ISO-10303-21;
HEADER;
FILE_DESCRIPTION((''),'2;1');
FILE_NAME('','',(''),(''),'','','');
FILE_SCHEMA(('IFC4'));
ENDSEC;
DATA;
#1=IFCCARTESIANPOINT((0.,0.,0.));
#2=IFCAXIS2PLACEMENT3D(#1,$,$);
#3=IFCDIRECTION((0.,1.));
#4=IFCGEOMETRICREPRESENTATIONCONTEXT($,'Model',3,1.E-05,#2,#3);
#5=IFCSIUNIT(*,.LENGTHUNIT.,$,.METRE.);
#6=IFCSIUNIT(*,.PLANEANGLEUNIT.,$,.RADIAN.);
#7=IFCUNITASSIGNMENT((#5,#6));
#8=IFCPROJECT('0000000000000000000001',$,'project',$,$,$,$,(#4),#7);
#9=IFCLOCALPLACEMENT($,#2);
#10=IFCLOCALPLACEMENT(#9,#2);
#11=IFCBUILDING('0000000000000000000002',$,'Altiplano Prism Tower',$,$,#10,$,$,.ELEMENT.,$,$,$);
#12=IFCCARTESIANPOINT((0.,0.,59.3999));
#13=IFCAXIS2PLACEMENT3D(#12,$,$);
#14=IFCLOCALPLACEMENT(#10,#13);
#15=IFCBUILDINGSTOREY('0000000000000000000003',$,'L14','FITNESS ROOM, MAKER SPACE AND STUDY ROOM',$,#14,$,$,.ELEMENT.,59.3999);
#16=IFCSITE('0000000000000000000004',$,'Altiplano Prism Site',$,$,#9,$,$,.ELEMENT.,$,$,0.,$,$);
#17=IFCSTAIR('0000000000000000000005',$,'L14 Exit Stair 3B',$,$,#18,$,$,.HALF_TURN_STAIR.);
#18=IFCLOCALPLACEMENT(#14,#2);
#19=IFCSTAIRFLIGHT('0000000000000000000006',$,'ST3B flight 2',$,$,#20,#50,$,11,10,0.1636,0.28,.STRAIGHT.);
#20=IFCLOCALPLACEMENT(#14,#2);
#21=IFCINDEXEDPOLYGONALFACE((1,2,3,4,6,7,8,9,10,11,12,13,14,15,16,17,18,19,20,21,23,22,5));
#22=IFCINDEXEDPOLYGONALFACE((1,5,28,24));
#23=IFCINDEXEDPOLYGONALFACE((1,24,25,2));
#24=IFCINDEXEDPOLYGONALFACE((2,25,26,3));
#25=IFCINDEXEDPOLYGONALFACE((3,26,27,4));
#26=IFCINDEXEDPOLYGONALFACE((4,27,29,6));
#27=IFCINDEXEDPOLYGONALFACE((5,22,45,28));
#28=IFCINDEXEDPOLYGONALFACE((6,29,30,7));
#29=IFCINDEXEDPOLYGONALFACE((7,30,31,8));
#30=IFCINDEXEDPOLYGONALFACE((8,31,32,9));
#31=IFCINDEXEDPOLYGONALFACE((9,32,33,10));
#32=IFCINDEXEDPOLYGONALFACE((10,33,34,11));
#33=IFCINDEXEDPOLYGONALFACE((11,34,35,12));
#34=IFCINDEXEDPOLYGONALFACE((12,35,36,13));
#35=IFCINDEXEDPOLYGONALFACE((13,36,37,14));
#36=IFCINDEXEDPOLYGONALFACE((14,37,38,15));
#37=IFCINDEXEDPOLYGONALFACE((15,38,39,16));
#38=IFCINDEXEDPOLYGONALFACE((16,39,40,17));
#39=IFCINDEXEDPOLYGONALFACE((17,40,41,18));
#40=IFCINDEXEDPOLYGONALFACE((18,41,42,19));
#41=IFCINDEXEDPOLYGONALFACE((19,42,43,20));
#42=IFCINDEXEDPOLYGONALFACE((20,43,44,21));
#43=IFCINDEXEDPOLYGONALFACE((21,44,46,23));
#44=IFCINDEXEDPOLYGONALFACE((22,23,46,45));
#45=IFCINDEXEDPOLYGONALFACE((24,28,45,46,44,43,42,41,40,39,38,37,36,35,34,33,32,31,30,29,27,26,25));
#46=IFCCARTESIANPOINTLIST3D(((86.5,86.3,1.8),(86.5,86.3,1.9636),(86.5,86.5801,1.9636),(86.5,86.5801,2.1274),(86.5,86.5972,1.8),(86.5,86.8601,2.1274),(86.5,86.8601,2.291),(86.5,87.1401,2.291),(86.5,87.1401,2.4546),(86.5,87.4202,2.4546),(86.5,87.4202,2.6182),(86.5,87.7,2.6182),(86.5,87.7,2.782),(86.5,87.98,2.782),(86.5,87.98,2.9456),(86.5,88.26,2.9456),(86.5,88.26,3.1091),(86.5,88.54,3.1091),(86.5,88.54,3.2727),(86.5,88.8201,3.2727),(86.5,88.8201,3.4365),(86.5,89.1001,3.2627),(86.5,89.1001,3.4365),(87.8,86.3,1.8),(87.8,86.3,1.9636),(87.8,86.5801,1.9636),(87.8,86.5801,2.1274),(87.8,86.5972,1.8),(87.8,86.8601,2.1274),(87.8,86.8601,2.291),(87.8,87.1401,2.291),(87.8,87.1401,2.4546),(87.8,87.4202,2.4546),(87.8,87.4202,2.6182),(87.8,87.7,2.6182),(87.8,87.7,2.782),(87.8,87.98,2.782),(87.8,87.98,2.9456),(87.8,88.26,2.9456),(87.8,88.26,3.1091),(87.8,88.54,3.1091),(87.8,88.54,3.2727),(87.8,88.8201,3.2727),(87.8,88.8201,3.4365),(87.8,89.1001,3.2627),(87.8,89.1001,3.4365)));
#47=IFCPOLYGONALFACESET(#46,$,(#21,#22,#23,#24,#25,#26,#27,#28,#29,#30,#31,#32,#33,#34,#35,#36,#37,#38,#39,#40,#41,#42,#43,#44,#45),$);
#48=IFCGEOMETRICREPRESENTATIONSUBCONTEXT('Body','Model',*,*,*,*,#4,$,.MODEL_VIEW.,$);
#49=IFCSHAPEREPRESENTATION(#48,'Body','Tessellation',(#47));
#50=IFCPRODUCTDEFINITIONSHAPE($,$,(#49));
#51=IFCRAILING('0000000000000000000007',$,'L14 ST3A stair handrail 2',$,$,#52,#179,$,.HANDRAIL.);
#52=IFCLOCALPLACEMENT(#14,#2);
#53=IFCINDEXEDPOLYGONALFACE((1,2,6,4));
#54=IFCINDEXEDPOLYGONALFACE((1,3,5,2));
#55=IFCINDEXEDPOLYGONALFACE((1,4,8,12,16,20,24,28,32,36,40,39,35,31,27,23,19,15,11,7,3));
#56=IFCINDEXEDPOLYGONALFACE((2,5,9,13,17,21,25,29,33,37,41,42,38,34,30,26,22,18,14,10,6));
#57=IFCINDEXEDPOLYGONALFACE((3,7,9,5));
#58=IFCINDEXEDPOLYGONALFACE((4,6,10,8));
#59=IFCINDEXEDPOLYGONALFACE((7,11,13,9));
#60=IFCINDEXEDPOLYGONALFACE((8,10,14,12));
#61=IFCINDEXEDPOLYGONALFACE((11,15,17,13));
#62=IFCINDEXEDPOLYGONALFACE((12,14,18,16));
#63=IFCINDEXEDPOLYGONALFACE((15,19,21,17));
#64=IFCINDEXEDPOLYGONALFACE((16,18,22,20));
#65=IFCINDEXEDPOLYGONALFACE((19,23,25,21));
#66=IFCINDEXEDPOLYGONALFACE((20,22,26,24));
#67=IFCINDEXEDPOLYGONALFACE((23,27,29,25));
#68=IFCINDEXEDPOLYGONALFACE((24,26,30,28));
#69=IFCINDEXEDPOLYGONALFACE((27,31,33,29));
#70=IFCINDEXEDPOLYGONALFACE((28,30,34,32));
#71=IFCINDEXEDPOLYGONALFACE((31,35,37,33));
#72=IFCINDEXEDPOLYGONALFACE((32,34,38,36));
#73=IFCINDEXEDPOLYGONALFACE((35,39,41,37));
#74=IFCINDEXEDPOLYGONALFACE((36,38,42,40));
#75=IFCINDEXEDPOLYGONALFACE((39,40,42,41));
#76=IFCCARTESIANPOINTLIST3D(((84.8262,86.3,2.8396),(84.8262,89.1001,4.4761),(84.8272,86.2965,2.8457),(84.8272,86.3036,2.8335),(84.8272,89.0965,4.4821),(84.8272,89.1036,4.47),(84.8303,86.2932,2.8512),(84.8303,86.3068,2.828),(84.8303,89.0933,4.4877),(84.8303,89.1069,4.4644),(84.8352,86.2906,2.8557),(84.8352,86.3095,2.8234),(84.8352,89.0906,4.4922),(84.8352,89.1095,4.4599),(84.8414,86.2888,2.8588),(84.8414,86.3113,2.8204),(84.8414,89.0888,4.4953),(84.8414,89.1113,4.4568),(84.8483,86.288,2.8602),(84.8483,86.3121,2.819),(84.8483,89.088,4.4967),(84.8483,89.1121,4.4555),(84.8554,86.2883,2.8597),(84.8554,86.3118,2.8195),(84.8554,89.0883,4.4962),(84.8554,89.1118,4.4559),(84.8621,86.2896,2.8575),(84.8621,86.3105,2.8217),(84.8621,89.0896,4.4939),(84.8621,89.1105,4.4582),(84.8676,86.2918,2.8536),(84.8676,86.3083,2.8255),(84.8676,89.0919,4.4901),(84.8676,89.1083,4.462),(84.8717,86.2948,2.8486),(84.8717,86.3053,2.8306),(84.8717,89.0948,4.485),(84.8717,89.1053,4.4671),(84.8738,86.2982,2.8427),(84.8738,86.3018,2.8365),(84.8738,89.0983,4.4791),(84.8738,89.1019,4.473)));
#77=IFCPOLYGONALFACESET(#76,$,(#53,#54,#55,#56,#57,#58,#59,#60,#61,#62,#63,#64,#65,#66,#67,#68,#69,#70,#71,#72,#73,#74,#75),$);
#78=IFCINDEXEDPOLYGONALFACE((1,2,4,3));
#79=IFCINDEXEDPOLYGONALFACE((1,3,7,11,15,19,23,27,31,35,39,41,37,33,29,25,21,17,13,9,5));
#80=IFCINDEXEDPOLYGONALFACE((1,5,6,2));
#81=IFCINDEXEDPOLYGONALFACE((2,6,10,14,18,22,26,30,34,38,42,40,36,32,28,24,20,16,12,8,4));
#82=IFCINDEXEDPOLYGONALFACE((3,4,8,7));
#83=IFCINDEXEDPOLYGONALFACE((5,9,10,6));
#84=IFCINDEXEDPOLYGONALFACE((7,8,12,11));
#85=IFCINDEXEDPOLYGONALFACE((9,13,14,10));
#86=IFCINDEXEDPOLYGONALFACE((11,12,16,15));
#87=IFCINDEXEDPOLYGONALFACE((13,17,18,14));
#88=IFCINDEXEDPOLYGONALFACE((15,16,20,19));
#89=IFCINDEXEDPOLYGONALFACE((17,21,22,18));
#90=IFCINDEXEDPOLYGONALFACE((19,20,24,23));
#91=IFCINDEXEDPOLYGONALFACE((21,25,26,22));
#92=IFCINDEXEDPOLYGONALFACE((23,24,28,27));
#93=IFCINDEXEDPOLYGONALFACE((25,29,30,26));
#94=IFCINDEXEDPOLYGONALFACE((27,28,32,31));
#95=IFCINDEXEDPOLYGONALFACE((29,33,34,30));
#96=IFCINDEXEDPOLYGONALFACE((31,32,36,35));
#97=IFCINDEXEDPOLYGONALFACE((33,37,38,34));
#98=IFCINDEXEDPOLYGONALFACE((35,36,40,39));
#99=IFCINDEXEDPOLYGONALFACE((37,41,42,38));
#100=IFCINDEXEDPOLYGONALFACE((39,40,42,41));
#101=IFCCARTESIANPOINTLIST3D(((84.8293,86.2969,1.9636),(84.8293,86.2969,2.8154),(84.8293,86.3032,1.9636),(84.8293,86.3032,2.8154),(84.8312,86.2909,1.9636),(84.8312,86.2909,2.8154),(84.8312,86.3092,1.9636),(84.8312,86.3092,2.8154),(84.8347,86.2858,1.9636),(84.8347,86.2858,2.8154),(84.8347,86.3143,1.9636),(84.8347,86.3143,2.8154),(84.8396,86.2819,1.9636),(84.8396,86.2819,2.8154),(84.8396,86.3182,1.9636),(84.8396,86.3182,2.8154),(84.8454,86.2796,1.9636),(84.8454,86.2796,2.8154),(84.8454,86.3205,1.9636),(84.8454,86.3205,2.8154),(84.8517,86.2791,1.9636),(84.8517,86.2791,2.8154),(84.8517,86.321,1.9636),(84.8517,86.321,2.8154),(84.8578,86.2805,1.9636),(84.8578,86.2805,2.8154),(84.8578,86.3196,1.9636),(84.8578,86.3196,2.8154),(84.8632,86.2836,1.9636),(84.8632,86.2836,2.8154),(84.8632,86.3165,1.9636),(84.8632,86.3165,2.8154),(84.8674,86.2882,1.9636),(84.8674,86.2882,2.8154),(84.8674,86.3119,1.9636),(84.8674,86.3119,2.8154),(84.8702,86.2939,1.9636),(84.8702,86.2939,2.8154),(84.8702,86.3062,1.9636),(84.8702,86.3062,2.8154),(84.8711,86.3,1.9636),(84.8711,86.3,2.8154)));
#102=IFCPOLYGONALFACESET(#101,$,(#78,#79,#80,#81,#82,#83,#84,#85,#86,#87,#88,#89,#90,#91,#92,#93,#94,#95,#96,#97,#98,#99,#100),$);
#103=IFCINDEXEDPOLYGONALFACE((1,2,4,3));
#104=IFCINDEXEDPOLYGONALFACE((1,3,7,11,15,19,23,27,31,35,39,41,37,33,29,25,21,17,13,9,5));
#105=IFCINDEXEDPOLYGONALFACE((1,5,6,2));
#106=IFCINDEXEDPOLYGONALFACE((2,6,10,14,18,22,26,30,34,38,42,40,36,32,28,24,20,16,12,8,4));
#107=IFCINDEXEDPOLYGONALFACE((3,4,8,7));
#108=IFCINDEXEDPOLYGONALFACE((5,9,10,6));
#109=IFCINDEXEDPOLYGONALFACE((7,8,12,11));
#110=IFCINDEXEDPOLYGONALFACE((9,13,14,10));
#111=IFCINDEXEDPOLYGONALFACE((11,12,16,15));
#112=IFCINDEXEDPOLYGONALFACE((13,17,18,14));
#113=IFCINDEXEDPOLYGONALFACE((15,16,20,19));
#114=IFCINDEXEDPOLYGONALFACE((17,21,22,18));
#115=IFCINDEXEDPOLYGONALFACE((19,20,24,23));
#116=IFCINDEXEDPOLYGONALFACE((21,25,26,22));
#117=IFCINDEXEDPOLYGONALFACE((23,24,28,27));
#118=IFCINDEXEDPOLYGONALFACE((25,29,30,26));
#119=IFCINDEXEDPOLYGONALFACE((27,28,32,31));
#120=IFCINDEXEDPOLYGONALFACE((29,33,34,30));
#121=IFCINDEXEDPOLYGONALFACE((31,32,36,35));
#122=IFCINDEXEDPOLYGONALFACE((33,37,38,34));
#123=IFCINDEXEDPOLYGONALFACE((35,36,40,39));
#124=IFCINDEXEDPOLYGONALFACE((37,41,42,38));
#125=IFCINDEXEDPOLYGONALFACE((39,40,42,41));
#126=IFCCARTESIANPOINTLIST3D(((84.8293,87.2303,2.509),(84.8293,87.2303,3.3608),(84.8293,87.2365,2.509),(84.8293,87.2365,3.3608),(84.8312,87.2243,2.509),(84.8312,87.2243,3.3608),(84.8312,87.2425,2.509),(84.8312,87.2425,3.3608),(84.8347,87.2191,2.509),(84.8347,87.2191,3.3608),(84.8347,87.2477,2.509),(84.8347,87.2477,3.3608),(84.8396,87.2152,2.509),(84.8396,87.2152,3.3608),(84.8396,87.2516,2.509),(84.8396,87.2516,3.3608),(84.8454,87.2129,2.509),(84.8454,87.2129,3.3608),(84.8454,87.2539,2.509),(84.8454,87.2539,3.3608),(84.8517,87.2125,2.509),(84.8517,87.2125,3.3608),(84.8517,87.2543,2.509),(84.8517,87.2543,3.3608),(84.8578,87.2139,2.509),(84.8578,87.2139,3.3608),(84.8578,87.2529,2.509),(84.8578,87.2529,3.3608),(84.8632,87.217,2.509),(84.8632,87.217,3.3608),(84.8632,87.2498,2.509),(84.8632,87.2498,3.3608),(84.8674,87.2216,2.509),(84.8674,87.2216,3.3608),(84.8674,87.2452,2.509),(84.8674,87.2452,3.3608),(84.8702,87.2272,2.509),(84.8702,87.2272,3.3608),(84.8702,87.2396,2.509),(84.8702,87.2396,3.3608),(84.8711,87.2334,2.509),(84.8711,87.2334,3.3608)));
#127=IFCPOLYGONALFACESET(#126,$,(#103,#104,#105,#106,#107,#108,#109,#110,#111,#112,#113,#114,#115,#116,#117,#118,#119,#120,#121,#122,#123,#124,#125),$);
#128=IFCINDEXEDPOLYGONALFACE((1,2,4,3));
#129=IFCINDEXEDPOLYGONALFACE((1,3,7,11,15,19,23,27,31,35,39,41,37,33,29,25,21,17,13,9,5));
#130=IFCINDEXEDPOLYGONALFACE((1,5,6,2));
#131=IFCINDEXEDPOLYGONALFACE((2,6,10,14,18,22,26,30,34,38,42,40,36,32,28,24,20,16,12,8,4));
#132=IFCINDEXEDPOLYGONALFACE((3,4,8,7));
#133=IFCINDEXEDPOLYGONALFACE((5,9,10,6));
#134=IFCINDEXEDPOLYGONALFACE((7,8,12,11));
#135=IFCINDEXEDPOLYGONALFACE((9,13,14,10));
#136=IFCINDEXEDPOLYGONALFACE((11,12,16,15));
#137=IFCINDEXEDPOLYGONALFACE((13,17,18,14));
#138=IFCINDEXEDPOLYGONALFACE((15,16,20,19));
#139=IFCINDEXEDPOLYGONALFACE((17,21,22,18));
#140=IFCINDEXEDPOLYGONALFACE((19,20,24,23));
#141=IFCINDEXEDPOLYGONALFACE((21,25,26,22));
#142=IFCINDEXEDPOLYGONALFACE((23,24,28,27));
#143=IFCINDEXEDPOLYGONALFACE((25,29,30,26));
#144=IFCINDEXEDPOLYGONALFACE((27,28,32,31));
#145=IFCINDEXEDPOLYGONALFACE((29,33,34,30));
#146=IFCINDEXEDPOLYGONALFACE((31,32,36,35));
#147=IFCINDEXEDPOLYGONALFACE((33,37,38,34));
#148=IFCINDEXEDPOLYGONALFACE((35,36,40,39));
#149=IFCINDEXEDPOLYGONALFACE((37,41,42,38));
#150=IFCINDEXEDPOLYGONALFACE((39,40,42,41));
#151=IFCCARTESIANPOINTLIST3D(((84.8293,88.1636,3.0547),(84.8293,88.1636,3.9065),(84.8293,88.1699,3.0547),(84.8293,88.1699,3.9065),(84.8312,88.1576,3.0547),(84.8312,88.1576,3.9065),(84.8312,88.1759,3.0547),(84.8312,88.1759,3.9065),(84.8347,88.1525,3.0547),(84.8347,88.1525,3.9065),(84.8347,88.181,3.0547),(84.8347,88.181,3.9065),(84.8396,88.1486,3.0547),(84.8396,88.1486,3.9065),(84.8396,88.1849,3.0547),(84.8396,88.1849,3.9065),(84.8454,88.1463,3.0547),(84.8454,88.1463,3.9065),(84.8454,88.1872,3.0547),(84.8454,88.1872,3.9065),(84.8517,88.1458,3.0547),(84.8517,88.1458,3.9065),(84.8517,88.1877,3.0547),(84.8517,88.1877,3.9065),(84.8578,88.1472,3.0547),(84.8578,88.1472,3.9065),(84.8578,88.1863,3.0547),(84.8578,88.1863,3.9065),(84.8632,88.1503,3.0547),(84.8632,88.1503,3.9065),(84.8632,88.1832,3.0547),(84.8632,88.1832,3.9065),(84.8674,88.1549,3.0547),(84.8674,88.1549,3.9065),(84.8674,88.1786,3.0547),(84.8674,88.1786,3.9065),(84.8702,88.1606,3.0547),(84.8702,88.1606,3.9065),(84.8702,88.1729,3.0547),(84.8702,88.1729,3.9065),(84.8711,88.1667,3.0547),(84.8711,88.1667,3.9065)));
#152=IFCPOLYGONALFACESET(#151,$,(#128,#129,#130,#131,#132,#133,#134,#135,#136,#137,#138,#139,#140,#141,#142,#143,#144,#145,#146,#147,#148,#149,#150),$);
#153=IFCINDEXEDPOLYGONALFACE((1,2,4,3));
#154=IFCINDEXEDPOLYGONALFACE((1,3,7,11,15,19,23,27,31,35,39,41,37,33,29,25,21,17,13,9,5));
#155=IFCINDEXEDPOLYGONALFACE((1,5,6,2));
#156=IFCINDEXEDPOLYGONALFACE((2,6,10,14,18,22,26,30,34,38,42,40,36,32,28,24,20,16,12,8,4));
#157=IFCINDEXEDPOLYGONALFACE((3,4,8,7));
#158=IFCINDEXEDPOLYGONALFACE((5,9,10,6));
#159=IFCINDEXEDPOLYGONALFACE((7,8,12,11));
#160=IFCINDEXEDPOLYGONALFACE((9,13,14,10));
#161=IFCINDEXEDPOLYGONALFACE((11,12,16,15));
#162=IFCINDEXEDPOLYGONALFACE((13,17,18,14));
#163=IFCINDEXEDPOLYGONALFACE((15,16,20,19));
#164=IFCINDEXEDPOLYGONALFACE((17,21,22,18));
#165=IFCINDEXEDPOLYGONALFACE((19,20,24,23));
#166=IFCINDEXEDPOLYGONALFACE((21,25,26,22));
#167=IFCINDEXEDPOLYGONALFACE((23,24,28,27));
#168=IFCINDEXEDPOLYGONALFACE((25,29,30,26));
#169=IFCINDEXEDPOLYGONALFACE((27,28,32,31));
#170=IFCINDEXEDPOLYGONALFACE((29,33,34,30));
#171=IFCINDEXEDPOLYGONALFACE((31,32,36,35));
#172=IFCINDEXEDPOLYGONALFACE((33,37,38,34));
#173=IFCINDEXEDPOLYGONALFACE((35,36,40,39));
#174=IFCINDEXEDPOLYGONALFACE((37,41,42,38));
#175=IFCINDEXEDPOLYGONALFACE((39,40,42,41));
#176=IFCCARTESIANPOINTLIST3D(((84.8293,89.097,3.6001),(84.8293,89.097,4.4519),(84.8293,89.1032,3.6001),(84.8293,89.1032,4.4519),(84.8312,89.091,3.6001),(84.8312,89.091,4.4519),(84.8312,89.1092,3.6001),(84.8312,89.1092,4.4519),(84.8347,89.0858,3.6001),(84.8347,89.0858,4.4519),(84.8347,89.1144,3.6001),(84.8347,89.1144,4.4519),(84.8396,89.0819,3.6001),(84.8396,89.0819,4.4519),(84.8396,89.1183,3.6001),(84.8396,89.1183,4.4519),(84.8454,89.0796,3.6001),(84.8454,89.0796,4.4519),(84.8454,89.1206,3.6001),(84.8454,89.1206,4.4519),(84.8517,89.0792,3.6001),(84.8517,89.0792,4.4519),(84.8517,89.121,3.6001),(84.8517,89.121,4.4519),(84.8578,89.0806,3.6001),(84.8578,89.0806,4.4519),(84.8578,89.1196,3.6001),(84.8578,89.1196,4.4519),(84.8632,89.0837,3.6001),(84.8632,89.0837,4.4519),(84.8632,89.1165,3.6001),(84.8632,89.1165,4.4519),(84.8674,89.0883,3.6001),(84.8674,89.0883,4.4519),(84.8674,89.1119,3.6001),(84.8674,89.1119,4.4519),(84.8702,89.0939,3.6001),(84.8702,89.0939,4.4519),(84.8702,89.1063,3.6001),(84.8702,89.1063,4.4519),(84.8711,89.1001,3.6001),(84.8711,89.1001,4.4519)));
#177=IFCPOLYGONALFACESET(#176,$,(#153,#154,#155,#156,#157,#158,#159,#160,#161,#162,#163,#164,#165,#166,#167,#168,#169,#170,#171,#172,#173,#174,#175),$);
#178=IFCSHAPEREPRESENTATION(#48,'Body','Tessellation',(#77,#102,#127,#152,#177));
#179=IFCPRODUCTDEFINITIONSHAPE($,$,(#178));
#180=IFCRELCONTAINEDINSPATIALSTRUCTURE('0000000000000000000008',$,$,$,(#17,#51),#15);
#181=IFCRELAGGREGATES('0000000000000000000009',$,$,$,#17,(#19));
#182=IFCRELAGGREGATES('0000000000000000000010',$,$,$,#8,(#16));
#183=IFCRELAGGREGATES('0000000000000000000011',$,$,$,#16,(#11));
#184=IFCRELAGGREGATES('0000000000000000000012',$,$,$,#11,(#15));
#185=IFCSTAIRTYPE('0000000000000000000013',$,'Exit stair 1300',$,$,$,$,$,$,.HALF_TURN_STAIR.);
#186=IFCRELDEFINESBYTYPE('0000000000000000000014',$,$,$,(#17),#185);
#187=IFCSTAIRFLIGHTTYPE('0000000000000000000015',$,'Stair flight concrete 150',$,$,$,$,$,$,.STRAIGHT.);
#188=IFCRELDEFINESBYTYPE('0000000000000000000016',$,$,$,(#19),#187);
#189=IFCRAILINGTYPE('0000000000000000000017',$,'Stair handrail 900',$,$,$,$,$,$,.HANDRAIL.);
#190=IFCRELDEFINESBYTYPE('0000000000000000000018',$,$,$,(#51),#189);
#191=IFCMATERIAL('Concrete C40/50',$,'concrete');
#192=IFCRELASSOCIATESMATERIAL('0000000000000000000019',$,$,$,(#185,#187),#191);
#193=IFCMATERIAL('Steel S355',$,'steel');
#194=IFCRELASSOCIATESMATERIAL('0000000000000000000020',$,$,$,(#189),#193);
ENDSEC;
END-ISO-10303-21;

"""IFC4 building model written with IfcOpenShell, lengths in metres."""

from ifc_helpers import new_model, si_unit, direction, frame, origin, origin_2d, place, context, subcontext, project, spatial, polyline, circle, outline, extrude, material, type_object, element, aggregate, save


model = new_model("IFC4")

# Units and contexts
model_context = context("Model", 3, precision=1e-05, world=origin(), true_north=direction((0.0, 1.0)))
body_context = subcontext(model_context, "Body", "Model", "MODEL_VIEW")
ifc_project = project(units=[si_unit("LENGTHUNIT", "METRE"), si_unit("PLANEANGLEUNIT", "RADIAN")], contexts=[model_context])

# Site, building, storey
site_placement = place(None, origin())
site = spatial("IfcSite", under=ifc_project, at=site_placement, Name="Altiplano Prism Site", CompositionType="ELEMENT", RefElevation=0.0)
building_placement = place(site_placement, origin())
building = spatial("IfcBuilding", under=site, at=building_placement, Name="Altiplano Prism Tower", CompositionType="ELEMENT")
storey_placement = place(building_placement, frame((0.0, 0.0, 59.3999)))
storey = spatial("IfcBuildingStorey", under=building, at=storey_placement, Name="L14", Description="FITNESS ROOM, MAKER SPACE AND STUDY ROOM", CompositionType="ELEMENT", Elevation=59.3999)

# Shared definitions
ifc_material_1 = material(Name="Concrete C40/50", Category="concrete")
stair_type = type_object("IfcStairType", Name="Exit stair 1300", PredefinedType="HALF_TURN_STAIR", material=ifc_material_1)
stair_flight_type = type_object("IfcStairFlightType", Name="Stair flight concrete 150", PredefinedType="STRAIGHT", material=ifc_material_1)

# Stair, stair flight
stair_1_placement = place(storey_placement, origin())
stair_1 = element("IfcStair", 1, at=stair_1_placement, inside=storey, type_object=stair_type, Name="L14 Exit Stair 3B", PredefinedType="HALF_TURN_STAIR")
stair_flight_1_placement = place(storey_placement, frame((87.1499, 86.3, 1.8), z_axis=(0.0, 0.0, 1.0), x_axis=(0.0, 1.0, 0.0)))
stair_flight_1 = element("IfcStairFlight", 2, at=stair_flight_1_placement, type_object=stair_flight_type, Name="ST3B flight 2", NumberOfRisers=11, NumberOfTreads=10, PredefinedType="STRAIGHT", RiserHeight=0.1636, TreadLength=0.28, context=body_context, shape_type="SweptSolid", body=[
    extrude(outline(polyline([(0.0, 0.0), (0.0, 0.1636), (0.28, 0.1636), (0.28, 0.3274), (0.5601, 0.3274), (0.5601, 0.491), (0.8401, 0.491), (0.8401, 0.6545), (1.1201, 0.6545), (1.1201, 0.8181), (1.3999, 0.8181), (1.3999, 0.9819), (1.6799, 0.9819), (1.6799, 1.1455), (1.96, 1.1455), (1.96, 1.3091), (2.24, 1.3091), (2.24, 1.4727), (2.52, 1.4727), (2.52, 1.6365), (2.8, 1.6365), (2.8, 1.8), (2.8, 1.4626), (0.2971, 0.0), (0.0, 0.0)])), frame((0.0, 0.6499, 0.0), z_axis=(0.0, -1.0, 0.0), x_axis=(1.0, 0.0, 0.0)), (0.0, 0.0, 1.0), 1.3),
])
aggregate(stair_1, [stair_flight_1])

# Railing
ifc_material_2 = material(Name="Steel S355", Category="steel")
railing_type = type_object("IfcRailingType", Name="Stair handrail 900", PredefinedType="HANDRAIL", material=ifc_material_2)
railing_1_placement = place(storey_placement, frame((84.8501, 86.3, 1.9636)))
element("IfcRailing", 3, at=railing_1_placement, inside=storey, type_object=railing_type, Name="L14 ST3A stair handrail 2", PredefinedType="HANDRAIL", context=body_context, shape_type="SweptSolid", body=[
    extrude(circle(Radius=0.0239, at=origin_2d()), frame((0.0, 0.0, 0.876), z_axis=(0.0, 0.863361, 0.504587), x_axis=(-1.0, 0.0, 0.0)), (0.0, 0.0, 1.0), 3.2432),
    extrude(circle(Radius=0.021, at=origin_2d()), origin(), (0.0, 0.0, 1.0), 0.8518),
    extrude(circle(Radius=0.021, at=origin_2d()), frame((0.0, 0.9333, 0.5454)), (0.0, 0.0, 1.0), 0.8518),
    extrude(circle(Radius=0.021, at=origin_2d()), frame((0.0, 1.8667, 1.0911)), (0.0, 0.0, 1.0), 0.8518),
    extrude(circle(Radius=0.021, at=origin_2d()), frame((0.0, 2.8, 1.6365)), (0.0, 0.0, 1.0), 0.8518),
])

save(model, "model.ifc")
